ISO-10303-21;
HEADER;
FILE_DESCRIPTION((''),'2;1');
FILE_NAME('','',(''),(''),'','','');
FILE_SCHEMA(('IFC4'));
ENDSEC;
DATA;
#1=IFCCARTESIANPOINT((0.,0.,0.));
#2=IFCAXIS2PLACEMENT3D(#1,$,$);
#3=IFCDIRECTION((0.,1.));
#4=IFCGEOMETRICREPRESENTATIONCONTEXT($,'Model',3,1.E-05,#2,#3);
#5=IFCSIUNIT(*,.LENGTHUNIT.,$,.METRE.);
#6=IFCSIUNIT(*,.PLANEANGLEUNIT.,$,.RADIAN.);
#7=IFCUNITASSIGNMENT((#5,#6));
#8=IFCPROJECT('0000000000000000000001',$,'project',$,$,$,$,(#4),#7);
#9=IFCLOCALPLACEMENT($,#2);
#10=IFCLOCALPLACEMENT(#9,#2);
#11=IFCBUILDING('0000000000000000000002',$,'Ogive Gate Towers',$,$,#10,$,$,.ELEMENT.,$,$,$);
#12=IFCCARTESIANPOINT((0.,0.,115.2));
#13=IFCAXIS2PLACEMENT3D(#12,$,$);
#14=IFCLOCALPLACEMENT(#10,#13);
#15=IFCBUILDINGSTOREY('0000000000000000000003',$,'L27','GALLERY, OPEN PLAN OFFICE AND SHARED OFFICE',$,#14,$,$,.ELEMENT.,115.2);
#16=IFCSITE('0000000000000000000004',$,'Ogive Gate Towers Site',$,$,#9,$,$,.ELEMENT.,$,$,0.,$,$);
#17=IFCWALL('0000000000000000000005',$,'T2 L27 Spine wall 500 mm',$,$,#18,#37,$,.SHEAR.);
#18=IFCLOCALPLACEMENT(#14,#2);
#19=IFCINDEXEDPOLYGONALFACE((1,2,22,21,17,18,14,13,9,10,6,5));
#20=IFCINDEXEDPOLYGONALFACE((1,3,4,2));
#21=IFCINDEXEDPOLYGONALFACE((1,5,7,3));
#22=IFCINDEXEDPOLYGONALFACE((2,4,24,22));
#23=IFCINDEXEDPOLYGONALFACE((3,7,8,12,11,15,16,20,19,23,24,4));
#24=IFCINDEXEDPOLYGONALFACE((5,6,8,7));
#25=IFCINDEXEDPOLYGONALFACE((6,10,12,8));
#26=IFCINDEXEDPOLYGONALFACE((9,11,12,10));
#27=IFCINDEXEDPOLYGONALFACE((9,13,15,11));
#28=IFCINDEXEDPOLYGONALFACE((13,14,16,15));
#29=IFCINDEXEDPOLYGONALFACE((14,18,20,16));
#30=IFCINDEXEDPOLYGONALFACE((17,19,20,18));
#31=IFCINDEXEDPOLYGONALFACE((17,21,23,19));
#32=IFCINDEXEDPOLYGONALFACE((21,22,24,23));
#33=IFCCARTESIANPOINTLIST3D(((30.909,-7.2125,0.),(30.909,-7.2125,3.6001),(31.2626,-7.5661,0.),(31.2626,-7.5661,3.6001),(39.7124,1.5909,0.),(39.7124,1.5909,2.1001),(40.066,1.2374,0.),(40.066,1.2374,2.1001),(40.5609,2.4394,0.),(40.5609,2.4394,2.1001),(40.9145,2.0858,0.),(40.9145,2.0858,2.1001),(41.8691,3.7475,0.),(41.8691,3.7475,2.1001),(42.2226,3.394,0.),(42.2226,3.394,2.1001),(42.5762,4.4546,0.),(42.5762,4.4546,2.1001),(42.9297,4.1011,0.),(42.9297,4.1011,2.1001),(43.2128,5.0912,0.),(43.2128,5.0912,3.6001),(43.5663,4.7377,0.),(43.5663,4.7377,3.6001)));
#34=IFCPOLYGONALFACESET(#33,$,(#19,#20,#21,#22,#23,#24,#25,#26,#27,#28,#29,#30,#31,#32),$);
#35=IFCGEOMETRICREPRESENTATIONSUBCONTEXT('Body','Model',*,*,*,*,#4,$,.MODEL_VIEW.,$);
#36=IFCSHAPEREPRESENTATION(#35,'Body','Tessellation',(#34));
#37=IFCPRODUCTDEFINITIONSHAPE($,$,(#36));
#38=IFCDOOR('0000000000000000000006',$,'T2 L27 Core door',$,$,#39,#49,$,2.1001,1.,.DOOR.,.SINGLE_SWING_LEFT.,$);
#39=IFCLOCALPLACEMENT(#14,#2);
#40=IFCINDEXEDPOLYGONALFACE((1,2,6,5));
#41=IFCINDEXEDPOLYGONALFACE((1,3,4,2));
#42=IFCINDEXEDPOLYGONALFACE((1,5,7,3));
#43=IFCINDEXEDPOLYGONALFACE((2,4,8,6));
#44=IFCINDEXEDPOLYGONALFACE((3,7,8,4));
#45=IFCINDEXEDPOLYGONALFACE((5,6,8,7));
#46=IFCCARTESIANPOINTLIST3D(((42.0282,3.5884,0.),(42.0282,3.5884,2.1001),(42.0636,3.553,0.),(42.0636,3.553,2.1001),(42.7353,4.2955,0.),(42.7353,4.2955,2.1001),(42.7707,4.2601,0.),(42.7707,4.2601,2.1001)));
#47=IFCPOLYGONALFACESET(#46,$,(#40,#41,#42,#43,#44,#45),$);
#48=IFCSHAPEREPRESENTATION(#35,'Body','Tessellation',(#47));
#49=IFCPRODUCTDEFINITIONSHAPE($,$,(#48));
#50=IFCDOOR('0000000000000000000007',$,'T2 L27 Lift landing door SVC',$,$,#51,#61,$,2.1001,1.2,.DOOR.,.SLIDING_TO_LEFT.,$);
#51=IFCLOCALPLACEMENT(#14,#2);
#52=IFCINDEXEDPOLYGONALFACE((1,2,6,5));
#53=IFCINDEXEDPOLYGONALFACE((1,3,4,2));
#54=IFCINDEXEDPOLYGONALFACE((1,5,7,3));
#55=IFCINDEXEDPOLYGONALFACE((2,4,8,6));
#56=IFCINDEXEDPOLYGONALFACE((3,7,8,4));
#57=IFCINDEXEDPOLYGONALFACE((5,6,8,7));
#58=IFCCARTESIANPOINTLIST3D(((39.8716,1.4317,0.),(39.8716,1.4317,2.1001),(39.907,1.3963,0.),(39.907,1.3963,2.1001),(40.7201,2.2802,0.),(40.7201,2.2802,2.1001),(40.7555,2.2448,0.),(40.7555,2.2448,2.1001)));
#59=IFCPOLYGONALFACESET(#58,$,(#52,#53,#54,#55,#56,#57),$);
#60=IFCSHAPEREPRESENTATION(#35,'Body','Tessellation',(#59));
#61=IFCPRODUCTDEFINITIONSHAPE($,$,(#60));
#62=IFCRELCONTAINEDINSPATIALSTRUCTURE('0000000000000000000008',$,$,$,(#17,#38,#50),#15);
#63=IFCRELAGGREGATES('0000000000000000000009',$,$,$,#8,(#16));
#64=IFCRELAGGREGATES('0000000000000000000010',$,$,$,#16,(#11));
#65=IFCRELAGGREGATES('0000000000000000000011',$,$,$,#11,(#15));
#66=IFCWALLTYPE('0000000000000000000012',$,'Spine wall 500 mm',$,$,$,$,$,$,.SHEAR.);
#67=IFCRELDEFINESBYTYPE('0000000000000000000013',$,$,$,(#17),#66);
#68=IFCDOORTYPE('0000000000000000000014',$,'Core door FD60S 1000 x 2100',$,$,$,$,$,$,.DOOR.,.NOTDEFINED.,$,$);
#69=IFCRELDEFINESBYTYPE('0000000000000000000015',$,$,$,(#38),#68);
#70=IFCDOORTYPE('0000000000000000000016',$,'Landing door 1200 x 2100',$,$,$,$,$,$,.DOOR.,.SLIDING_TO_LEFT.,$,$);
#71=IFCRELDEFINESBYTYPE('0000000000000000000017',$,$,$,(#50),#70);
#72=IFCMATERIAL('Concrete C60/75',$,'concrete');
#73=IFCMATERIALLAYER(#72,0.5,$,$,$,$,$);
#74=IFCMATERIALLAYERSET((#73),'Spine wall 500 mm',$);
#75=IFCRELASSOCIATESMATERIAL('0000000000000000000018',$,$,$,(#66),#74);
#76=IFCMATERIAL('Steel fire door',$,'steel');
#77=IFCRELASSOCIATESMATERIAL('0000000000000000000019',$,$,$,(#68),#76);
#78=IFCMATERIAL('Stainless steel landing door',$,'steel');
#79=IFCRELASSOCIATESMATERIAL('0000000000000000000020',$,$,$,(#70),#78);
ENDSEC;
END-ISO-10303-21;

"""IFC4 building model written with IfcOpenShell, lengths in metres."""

from ifc_helpers import new_model, si_unit, direction, frame, frame_2d, origin, place, context, subcontext, project, spatial, rectangle, extrude, material, layer, layer_set, type_object, element, fill, save


model = new_model("IFC4")

# Units and contexts
model_context = context("Model", 3, precision=1e-05, world=origin(), true_north=direction((0.0, 1.0)))
body_context = subcontext(model_context, "Body", "Model", "MODEL_VIEW")
ifc_project = project(units=[si_unit("LENGTHUNIT", "METRE"), si_unit("PLANEANGLEUNIT", "RADIAN")], contexts=[model_context])

# Site, building, storey
site_placement = place(None, origin())
site = spatial("IfcSite", under=ifc_project, at=site_placement, Name="Ogive Gate Towers Site", CompositionType="ELEMENT", RefElevation=0.0)
building_placement = place(site_placement, origin())
building = spatial("IfcBuilding", under=site, at=building_placement, Name="Ogive Gate Towers", CompositionType="ELEMENT")
storey_placement = place(building_placement, frame((0.0, 0.0, 115.2)))
storey = spatial("IfcBuildingStorey", under=building, at=storey_placement, Name="L27", Description="GALLERY, OPEN PLAN OFFICE AND SHARED OFFICE", CompositionType="ELEMENT", Elevation=115.2)

# Shared definitions
ifc_material_1 = material(Name="Concrete C60/75", Category="concrete")

# Wall, openings, doors
ifc_layer_1 = layer(ifc_material_1, 0.5)
ifc_layer_set_1 = layer_set([ifc_layer_1], Name="Spine wall 500 mm")
wall_type_1 = type_object("IfcWallType", Name="Spine wall 500 mm", PredefinedType="SHEAR", material=ifc_layer_set_1)
wall_1_placement = place(storey_placement, frame((31.0857, -7.3894, 0.0), z_axis=(0.0, 0.0, 1.0), x_axis=(0.707107, 0.707107, 0.0)))
wall_1 = element("IfcWall", 1, at=wall_1_placement, inside=storey, type_object=wall_type_1, Name="T2 L27 Spine wall 500 mm", PredefinedType="SHEAR", context=body_context, shape_type="SweptSolid", body=[
    extrude(rectangle(XDim=17.4001, YDim=0.5, at=frame_2d((8.7002, 0.0))), origin(), (0.0, 0.0, 1.0), 3.6001),
])
opening_1_placement = place(wall_1_placement, frame((12.45, 0.0, 0.0)))
opening_1 = element("IfcOpeningElement", 2, at=opening_1_placement, cuts=wall_1, PredefinedType="OPENING", context=body_context, shape_type="SweptSolid", body=[
    extrude(rectangle(XDim=1.2, YDim=2.1001, at=frame_2d((0.6001, 1.05))), frame((0.0, 0.26, 0.0), z_axis=(0.0, -1.0, 0.0), x_axis=(1.0, 0.0, 0.0)), (0.0, 0.0, 1.0), 0.52),
])
opening_2_placement = place(wall_1_placement, frame((15.5, 0.0, 0.0)))
opening_2 = element("IfcOpeningElement", 3, at=opening_2_placement, cuts=wall_1, PredefinedType="OPENING", context=body_context, shape_type="SweptSolid", body=[
    extrude(rectangle(XDim=1.0, YDim=2.1001, at=frame_2d((0.5, 1.05))), frame((0.0, 0.26, 0.0), z_axis=(0.0, -1.0, 0.0), x_axis=(1.0, 0.0, 0.0)), (0.0, 0.0, 1.0), 0.52),
])
ifc_material_2 = material(Name="Steel fire door", Category="steel")
door_type_1 = type_object("IfcDoorType", Name="Core door FD60S 1000 x 2100", OperationType="NOTDEFINED", PredefinedType="DOOR", material=ifc_material_2)
door_1_placement = place(opening_2_placement, origin())
door_1 = element("IfcDoor", 4, at=door_1_placement, inside=storey, type_object=door_type_1, Name="T2 L27 Core door", OperationType="SINGLE_SWING_LEFT", OverallHeight=2.1001, OverallWidth=1.0, PredefinedType="DOOR", context=body_context, shape_type="SweptSolid", body=[
    extrude(rectangle(XDim=1.0, YDim=2.1001, at=frame_2d((0.5, 1.05))), frame((0.0, 0.0249, 0.0), z_axis=(0.0, -1.0, 0.0), x_axis=(1.0, 0.0, 0.0)), (0.0, 0.0, 1.0), 0.05),
])
fill(opening_2, door_1)
ifc_material_3 = material(Name="Stainless steel landing door", Category="steel")
door_type_2 = type_object("IfcDoorType", Name="Landing door 1200 x 2100", OperationType="SLIDING_TO_LEFT", PredefinedType="DOOR", material=ifc_material_3)
door_2_placement = place(opening_1_placement, origin())
door_2 = element("IfcDoor", 5, at=door_2_placement, inside=storey, type_object=door_type_2, Name="T2 L27 Lift landing door SVC", OperationType="SLIDING_TO_LEFT", OverallHeight=2.1001, OverallWidth=1.2, PredefinedType="DOOR", context=body_context, shape_type="SweptSolid", body=[
    extrude(rectangle(XDim=1.2, YDim=2.1001, at=frame_2d((0.6001, 1.05))), frame((0.0, 0.0249, 0.0), z_axis=(0.0, -1.0, 0.0), x_axis=(1.0, 0.0, 0.0)), (0.0, 0.0, 1.0), 0.05),
])
fill(opening_1, door_2)

save(model, "model.ifc")
